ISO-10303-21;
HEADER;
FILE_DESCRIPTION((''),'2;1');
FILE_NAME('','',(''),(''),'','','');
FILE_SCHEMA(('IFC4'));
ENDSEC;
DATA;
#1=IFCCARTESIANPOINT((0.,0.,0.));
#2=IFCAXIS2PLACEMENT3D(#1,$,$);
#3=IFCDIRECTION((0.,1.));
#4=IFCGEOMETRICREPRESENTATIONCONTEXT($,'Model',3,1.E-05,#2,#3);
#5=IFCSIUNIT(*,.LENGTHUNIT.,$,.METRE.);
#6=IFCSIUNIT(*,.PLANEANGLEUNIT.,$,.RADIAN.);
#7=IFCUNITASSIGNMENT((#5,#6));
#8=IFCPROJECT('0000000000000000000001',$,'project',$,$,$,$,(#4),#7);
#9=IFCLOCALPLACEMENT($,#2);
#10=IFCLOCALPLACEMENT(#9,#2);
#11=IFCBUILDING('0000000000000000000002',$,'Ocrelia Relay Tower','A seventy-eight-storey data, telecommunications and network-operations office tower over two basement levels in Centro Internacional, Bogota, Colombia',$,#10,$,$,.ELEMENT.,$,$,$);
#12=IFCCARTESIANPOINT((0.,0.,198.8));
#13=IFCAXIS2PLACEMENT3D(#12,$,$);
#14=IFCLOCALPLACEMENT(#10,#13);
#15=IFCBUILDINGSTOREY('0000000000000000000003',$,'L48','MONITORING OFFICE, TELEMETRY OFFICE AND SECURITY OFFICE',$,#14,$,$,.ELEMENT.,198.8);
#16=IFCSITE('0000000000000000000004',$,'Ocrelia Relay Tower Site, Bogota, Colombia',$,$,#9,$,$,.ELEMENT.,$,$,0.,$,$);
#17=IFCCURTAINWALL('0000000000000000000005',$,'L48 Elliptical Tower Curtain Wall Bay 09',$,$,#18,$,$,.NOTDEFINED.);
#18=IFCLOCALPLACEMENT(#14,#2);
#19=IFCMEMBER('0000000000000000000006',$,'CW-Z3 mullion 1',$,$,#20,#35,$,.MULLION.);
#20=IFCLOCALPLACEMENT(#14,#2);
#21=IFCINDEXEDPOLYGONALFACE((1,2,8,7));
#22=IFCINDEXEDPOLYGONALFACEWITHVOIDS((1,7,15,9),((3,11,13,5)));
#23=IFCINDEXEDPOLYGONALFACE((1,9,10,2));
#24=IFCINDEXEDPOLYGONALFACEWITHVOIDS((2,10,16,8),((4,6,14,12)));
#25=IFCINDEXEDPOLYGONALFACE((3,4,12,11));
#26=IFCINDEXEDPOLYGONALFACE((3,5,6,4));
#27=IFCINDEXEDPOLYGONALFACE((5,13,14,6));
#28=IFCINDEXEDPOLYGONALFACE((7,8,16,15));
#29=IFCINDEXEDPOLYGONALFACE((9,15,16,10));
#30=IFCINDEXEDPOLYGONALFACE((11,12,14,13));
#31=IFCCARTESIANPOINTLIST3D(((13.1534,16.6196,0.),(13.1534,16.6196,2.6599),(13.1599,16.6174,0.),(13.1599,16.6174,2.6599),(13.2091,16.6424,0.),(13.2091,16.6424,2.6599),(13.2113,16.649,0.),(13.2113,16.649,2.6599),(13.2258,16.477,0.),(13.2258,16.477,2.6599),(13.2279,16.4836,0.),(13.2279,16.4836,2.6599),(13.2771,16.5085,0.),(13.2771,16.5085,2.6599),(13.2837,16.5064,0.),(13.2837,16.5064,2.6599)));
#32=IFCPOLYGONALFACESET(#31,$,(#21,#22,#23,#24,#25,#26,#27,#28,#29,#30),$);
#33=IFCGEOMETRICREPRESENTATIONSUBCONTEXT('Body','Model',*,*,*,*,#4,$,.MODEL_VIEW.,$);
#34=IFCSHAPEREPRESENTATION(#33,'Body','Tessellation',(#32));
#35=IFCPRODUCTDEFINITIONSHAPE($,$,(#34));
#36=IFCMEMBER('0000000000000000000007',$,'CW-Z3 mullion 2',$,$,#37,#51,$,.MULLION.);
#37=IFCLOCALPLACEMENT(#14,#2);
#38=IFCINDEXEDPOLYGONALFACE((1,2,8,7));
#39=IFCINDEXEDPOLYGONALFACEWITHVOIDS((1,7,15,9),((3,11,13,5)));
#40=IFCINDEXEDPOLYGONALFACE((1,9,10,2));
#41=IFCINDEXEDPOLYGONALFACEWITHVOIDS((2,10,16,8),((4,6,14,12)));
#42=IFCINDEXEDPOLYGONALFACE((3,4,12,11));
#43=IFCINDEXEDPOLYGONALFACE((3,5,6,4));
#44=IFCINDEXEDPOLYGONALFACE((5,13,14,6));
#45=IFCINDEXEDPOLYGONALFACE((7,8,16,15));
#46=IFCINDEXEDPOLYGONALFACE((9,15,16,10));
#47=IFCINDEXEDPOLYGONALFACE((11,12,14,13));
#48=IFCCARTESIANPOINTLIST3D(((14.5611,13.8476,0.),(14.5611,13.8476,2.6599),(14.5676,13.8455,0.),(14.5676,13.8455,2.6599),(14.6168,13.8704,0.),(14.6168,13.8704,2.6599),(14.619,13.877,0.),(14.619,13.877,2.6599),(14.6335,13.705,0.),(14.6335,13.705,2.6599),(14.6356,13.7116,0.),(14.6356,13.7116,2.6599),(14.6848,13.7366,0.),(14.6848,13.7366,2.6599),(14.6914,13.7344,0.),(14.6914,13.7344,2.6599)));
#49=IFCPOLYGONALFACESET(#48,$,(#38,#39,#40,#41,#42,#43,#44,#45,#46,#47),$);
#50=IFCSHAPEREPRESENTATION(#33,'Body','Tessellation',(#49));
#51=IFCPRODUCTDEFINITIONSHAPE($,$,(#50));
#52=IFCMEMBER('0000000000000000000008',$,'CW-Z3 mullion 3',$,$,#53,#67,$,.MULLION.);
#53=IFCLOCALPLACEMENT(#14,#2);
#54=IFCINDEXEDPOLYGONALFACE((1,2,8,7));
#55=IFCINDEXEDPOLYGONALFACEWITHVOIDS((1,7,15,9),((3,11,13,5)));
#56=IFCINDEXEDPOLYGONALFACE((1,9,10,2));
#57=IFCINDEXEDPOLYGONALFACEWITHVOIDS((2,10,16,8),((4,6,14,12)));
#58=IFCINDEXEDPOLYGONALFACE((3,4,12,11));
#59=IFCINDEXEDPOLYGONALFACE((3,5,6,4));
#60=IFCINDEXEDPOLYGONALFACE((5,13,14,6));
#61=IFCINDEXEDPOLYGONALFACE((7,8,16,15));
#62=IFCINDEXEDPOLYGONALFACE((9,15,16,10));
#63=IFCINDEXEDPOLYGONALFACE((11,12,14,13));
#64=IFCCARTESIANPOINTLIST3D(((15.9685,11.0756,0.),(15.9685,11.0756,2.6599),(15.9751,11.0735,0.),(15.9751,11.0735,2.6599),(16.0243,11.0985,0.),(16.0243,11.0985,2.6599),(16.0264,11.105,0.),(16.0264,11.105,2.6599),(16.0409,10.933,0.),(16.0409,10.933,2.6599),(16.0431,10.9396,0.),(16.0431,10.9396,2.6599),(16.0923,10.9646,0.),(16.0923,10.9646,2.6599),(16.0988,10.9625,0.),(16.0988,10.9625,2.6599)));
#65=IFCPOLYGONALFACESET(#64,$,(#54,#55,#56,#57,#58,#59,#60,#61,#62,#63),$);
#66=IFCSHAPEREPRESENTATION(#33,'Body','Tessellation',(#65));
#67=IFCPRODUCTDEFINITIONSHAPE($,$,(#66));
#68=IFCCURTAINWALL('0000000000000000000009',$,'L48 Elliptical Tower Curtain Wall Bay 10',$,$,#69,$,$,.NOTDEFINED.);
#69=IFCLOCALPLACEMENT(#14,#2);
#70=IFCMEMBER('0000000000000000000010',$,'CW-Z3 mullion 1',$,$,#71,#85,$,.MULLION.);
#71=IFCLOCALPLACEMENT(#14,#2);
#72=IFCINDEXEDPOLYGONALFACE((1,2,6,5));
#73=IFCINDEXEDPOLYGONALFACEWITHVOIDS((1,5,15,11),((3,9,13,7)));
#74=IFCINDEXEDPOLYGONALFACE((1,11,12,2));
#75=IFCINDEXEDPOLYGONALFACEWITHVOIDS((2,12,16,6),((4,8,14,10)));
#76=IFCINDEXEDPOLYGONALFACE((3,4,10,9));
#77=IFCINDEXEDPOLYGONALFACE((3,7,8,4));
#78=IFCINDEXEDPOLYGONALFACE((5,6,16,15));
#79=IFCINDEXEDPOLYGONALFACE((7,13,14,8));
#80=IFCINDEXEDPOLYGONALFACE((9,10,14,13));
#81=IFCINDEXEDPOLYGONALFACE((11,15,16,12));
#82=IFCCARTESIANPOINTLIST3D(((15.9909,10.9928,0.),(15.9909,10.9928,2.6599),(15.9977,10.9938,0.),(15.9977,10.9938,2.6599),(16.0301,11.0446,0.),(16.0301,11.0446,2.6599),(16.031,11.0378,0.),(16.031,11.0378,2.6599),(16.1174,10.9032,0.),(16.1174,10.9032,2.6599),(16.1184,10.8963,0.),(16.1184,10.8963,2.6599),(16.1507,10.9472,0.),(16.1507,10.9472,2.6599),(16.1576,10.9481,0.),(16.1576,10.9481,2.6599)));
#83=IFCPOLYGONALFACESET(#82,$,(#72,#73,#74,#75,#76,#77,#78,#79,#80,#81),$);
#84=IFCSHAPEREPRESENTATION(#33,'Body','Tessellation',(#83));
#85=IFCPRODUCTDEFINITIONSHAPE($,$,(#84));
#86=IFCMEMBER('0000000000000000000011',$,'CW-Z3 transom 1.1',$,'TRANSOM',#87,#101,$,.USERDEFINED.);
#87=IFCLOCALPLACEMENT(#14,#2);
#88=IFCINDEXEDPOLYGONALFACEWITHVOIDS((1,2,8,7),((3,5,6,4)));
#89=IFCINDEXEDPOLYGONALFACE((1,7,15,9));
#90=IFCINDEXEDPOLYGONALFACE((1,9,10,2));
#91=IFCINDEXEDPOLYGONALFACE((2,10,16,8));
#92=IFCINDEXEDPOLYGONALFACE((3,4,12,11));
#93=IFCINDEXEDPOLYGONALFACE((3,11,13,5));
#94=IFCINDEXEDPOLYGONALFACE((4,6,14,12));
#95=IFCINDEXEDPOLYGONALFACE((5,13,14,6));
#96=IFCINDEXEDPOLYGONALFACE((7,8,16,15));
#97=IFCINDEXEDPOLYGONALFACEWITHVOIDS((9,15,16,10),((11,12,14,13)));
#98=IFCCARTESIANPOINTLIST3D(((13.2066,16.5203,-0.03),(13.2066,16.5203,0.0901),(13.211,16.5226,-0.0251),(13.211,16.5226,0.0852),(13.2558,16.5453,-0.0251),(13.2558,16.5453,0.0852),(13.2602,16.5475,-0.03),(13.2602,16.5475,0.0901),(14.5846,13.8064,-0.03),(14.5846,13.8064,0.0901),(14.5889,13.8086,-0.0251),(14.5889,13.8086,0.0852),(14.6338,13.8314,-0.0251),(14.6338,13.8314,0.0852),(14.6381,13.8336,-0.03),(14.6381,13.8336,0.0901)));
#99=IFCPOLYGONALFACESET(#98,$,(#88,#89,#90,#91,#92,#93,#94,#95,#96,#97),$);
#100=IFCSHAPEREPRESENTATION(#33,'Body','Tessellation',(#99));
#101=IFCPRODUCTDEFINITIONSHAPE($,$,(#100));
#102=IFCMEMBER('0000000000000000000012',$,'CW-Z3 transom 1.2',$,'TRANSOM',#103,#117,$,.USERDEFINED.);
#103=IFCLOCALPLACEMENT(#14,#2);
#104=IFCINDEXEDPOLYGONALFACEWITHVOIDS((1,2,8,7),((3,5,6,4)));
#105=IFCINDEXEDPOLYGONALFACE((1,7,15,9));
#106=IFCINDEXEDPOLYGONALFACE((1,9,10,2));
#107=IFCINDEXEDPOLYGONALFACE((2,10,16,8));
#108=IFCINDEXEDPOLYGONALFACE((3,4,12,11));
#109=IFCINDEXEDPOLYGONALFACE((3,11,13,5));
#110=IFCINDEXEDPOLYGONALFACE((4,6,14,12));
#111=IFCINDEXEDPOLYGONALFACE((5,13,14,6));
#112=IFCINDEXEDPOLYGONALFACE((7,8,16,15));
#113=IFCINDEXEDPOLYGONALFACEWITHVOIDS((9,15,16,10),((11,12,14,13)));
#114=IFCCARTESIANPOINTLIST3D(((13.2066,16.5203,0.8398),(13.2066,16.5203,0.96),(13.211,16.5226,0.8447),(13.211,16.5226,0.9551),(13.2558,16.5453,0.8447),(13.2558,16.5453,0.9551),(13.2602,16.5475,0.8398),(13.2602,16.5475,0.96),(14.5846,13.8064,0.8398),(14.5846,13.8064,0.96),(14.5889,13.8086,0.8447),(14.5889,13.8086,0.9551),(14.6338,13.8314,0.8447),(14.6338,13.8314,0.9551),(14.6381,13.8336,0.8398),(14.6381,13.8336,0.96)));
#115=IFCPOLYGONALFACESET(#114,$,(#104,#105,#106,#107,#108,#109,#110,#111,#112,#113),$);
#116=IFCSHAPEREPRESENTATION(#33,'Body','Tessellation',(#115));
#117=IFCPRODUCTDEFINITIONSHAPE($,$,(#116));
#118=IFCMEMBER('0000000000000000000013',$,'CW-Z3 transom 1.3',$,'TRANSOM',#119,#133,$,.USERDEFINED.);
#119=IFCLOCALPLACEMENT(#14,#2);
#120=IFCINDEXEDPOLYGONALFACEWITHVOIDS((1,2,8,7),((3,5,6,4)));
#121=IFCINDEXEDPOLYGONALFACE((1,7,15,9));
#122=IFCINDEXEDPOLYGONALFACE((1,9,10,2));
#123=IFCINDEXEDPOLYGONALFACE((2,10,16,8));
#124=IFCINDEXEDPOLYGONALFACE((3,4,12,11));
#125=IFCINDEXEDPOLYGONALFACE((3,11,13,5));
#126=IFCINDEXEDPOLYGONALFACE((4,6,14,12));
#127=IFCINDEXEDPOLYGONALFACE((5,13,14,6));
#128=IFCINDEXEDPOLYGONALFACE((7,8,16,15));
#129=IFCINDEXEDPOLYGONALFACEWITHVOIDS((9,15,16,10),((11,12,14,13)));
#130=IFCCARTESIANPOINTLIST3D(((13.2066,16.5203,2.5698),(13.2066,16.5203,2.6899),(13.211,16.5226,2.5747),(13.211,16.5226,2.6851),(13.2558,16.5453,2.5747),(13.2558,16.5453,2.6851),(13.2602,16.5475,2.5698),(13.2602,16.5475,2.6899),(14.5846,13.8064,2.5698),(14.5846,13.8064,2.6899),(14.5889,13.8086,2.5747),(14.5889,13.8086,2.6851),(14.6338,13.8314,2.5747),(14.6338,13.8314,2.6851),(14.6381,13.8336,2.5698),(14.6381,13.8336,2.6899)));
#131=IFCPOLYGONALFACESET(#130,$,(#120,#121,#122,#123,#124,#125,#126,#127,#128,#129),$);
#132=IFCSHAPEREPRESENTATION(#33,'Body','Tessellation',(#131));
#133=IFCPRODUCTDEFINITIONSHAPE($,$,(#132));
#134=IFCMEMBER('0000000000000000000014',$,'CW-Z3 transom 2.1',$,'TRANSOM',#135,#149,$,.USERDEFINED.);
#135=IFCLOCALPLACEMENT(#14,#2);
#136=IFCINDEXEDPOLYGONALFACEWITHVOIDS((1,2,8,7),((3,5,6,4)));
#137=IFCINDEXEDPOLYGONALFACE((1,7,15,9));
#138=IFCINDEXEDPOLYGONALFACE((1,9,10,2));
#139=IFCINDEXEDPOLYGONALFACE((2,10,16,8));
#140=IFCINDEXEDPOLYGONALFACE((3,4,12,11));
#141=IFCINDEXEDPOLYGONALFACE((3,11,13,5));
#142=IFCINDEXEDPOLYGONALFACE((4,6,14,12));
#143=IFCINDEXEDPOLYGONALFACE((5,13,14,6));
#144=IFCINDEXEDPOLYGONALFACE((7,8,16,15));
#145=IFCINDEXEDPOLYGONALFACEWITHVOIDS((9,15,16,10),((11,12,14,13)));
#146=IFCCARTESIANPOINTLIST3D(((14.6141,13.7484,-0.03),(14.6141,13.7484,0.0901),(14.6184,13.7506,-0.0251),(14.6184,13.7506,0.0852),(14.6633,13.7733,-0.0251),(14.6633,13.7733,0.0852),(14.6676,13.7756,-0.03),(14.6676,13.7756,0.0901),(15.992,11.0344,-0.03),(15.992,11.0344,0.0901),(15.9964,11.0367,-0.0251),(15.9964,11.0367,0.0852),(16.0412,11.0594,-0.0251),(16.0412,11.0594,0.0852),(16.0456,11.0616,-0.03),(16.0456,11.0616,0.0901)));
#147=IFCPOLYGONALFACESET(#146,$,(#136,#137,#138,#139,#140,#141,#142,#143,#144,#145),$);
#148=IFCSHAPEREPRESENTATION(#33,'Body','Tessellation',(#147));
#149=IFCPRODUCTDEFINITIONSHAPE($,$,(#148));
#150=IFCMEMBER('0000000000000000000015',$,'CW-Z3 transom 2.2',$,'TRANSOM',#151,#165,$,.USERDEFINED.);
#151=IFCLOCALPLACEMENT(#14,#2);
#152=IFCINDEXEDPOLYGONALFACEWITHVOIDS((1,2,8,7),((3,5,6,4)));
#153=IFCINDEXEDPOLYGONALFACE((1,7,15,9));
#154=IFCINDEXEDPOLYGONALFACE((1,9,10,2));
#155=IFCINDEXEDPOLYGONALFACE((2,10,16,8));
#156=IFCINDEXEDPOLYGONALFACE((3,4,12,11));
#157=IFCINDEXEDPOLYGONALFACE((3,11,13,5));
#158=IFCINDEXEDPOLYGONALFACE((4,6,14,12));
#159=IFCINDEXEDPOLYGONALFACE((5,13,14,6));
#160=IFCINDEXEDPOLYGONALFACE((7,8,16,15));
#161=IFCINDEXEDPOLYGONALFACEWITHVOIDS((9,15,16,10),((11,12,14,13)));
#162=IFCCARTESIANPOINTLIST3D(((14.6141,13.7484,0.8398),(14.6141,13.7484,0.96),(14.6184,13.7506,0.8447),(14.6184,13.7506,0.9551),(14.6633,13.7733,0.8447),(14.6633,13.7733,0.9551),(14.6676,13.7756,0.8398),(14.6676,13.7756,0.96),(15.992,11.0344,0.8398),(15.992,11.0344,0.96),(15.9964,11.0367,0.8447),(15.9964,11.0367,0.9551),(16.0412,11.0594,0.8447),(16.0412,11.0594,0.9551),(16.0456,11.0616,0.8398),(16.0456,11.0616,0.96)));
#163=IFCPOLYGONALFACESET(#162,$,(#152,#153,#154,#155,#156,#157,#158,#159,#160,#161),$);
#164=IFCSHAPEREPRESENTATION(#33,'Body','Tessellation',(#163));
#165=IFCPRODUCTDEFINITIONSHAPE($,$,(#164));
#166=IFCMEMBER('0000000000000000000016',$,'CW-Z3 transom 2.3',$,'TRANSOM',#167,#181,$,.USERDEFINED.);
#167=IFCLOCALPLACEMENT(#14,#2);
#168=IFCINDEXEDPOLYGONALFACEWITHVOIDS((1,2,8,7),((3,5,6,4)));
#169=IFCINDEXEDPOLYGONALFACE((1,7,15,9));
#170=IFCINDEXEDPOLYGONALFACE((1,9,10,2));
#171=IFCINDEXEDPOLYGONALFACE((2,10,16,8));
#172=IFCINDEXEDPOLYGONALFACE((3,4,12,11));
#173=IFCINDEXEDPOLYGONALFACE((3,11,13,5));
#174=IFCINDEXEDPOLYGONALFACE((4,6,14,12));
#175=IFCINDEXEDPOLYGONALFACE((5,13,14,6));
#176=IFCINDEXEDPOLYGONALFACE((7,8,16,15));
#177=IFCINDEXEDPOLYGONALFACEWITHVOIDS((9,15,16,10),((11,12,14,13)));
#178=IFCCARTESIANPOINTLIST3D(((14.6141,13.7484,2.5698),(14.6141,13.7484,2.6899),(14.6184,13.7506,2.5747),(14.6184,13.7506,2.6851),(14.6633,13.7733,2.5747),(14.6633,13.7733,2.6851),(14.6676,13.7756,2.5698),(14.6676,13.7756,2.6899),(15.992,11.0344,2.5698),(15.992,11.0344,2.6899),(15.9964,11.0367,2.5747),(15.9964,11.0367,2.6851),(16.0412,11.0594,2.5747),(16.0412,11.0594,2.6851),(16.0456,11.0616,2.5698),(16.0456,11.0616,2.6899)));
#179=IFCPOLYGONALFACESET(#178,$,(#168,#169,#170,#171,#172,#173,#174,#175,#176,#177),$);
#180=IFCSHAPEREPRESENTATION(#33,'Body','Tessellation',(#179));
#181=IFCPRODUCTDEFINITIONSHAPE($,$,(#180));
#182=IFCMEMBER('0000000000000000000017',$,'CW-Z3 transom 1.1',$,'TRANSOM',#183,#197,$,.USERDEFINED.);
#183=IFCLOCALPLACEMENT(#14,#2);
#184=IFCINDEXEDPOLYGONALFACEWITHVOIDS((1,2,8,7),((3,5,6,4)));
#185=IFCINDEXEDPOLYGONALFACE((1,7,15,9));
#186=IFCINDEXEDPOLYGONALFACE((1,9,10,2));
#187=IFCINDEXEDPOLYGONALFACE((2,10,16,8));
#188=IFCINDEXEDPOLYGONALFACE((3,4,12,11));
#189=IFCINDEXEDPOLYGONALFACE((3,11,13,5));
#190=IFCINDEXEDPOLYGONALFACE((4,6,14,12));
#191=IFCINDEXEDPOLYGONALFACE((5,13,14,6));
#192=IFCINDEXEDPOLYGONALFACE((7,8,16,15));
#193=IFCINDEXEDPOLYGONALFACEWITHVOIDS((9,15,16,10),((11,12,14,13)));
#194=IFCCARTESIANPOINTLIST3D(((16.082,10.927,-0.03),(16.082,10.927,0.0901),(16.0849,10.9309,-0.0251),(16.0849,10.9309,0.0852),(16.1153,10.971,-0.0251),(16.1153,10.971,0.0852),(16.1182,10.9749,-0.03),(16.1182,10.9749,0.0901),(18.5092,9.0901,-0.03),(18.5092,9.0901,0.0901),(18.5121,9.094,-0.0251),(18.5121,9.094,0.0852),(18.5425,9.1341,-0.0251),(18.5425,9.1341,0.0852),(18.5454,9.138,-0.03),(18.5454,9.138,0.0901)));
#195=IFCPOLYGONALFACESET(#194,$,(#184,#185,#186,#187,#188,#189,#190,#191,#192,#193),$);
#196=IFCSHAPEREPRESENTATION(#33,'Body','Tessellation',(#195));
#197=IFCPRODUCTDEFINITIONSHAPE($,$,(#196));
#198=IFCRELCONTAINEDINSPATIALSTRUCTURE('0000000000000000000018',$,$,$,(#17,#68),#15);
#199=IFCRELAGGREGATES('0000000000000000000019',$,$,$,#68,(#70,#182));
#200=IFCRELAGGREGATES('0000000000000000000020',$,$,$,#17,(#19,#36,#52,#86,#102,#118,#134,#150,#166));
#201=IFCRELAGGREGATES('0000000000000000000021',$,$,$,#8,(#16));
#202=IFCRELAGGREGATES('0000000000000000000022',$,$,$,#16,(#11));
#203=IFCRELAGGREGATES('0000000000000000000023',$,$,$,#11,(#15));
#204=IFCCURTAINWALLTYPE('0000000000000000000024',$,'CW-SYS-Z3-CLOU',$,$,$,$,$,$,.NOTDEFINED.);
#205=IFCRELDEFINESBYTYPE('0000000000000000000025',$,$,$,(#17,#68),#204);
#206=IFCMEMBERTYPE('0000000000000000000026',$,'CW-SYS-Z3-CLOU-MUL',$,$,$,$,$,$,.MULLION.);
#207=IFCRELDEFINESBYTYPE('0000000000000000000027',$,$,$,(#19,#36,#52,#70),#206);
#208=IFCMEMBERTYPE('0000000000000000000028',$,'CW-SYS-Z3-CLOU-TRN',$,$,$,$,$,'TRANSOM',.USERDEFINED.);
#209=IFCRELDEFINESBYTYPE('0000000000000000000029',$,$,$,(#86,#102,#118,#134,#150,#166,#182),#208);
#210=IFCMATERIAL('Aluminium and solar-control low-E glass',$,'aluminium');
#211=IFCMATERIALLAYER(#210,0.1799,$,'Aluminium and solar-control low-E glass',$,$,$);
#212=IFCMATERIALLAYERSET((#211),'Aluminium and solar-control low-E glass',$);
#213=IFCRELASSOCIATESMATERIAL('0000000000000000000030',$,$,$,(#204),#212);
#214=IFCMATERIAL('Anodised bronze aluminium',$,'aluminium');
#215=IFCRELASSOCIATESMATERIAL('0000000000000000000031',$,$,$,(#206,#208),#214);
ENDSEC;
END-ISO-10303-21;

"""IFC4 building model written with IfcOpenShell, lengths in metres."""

from ifc_helpers import new_model, si_unit, direction, frame, origin, origin_2d, place, context, subcontext, project, spatial, hollow_rectangle, extrude, material, layer, layer_set, material_profile, profile_set, type_object, element, aggregate, save


model = new_model("IFC4")

# Units and contexts
model_context = context("Model", 3, precision=1e-05, world=origin(), true_north=direction((0.0, 1.0)))
body_context = subcontext(model_context, "Body", "Model", "MODEL_VIEW")
ifc_project = project(units=[si_unit("LENGTHUNIT", "METRE"), si_unit("PLANEANGLEUNIT", "RADIAN")], contexts=[model_context])

# Site, building, storey
site_placement = place(None, origin())
site = spatial("IfcSite", under=ifc_project, at=site_placement, Name="Ocrelia Relay Tower Site, Bogota, Colombia", CompositionType="ELEMENT", RefElevation=0.0)
building_placement = place(site_placement, origin())
building = spatial("IfcBuilding", under=site, at=building_placement, Name="Ocrelia Relay Tower", Description="A seventy-eight-storey data, telecommunications and network-operations office tower over two basement levels in Centro Internacional, Bogota, Colombia", CompositionType="ELEMENT")
storey_placement = place(building_placement, frame((0.0, 0.0, 198.8)))
storey = spatial("IfcBuildingStorey", under=building, at=storey_placement, Name="L48", Description="MONITORING OFFICE, TELEMETRY OFFICE AND SECURITY OFFICE", CompositionType="ELEMENT", Elevation=198.8)

# Curtain wall, members
ifc_material_1 = material(Name="Aluminium and solar-control low-E glass", Category="aluminium")
ifc_layer_1 = layer(ifc_material_1, 0.1799, Name="Aluminium and solar-control low-E glass")
ifc_layer_set_1 = layer_set([ifc_layer_1], Name="Aluminium and solar-control low-E glass")
curtain_wall_type = type_object("IfcCurtainWallType", Name="CW-SYS-Z3-CLOU", PredefinedType="NOTDEFINED", material=ifc_layer_set_1)
curtain_wall_1_placement = place(storey_placement, origin())
curtain_wall_1 = element("IfcCurtainWall", 1, at=curtain_wall_1_placement, inside=storey, type_object=curtain_wall_type, Name="L48 Elliptical Tower Curtain Wall Bay 09", PredefinedType="NOTDEFINED")
ifc_material_2 = material(Name="Anodised bronze aluminium", Category="aluminium")
ifc_material_profile_1 = material_profile(ifc_material_2, hollow_rectangle(XDim=0.0649, YDim=0.1599, WallThickness=0.0049, at=origin_2d()), Name="CW-MUL-160x65")
ifc_profile_set_1 = profile_set([ifc_material_profile_1], Name="Anodised bronze aluminium")
member_type_1 = type_object("IfcMemberType", Name="CW-SYS-Z3-CLOU-MUL", PredefinedType="MULLION", material=ifc_profile_set_1)
member_1_placement = place(storey_placement, frame((13.2185, 16.563, 0.0), z_axis=(0.0, 0.0, 1.0), x_axis=(0.891644, 0.452738, 0.0)))
member_1 = element("IfcMember", 2, at=member_1_placement, type_object=member_type_1, Name="CW-Z3 mullion 1", PredefinedType="MULLION", context=body_context, shape_type="SweptSolid", body=[
    extrude(hollow_rectangle(XDim=0.0649, YDim=0.1599, WallThickness=0.0049, at=origin_2d()), origin(), (0.0, 0.0, 1.0), 2.6599),
])
member_2_placement = place(storey_placement, frame((14.6262, 13.791, 0.0), z_axis=(0.0, 0.0, 1.0), x_axis=(0.891644, 0.452738, 0.0)))
member_2 = element("IfcMember", 3, at=member_2_placement, type_object=member_type_1, Name="CW-Z3 mullion 2", PredefinedType="MULLION", context=body_context, shape_type="SweptSolid", body=[
    extrude(hollow_rectangle(XDim=0.0649, YDim=0.1599, WallThickness=0.0049, at=origin_2d()), origin(), (0.0, 0.0, 1.0), 2.6599),
])
member_3_placement = place(storey_placement, frame((16.0337, 11.019, 0.0), z_axis=(0.0, 0.0, 1.0), x_axis=(0.891644, 0.452738, 0.0)))
member_3 = element("IfcMember", 4, at=member_3_placement, type_object=member_type_1, Name="CW-Z3 mullion 3", PredefinedType="MULLION", context=body_context, shape_type="SweptSolid", body=[
    extrude(hollow_rectangle(XDim=0.0649, YDim=0.1599, WallThickness=0.0049, at=origin_2d()), origin(), (0.0, 0.0, 1.0), 2.6599),
])

# Curtain wall, member
curtain_wall_2_placement = place(storey_placement, origin())
curtain_wall_2 = element("IfcCurtainWall", 5, at=curtain_wall_2_placement, inside=storey, type_object=curtain_wall_type, Name="L48 Elliptical Tower Curtain Wall Bay 10", PredefinedType="NOTDEFINED")
member_4_placement = place(storey_placement, frame((16.0742, 10.9705, 0.0), z_axis=(0.0, 0.0, 1.0), x_axis=(0.603481, 0.797378, 0.0)))
member_4 = element("IfcMember", 6, at=member_4_placement, type_object=member_type_1, Name="CW-Z3 mullion 1", PredefinedType="MULLION", context=body_context, shape_type="SweptSolid", body=[
    extrude(hollow_rectangle(XDim=0.0649, YDim=0.1599, WallThickness=0.0049, at=origin_2d()), origin(), (0.0, 0.0, 1.0), 2.6599),
])

# Members
ifc_material_profile_2 = material_profile(ifc_material_2, hollow_rectangle(XDim=0.0601, YDim=0.1201, WallThickness=0.0049, at=origin_2d()), Name="CW-TRN-120x60")
ifc_profile_set_2 = profile_set([ifc_material_profile_2], Name="Anodised bronze aluminium")
member_type_2 = type_object("IfcMemberType", Name="CW-SYS-Z3-CLOU-TRN", ElementType="TRANSOM", PredefinedType="USERDEFINED", material=ifc_profile_set_2)
member_5_placement = place(storey_placement, frame((13.2334, 16.5339, 0.03), z_axis=(0.452724, -0.891651, 0.0), x_axis=(0.891651, 0.452724, 0.0)))
member_5 = element("IfcMember", 7, at=member_5_placement, type_object=member_type_2, Name="CW-Z3 transom 1.1", ObjectType="TRANSOM", PredefinedType="USERDEFINED", context=body_context, shape_type="SweptSolid", body=[
    extrude(hollow_rectangle(XDim=0.0601, YDim=0.1201, WallThickness=0.0049, at=origin_2d()), origin(), (0.0, 0.0, 1.0), 3.0437),
])
member_6_placement = place(storey_placement, frame((13.2334, 16.5339, 0.8999), z_axis=(0.452724, -0.891651, 0.0), x_axis=(0.891651, 0.452724, 0.0)))
member_6 = element("IfcMember", 8, at=member_6_placement, type_object=member_type_2, Name="CW-Z3 transom 1.2", ObjectType="TRANSOM", PredefinedType="USERDEFINED", context=body_context, shape_type="SweptSolid", body=[
    extrude(hollow_rectangle(XDim=0.0601, YDim=0.1201, WallThickness=0.0049, at=origin_2d()), origin(), (0.0, 0.0, 1.0), 3.0437),
])
member_7_placement = place(storey_placement, frame((13.2334, 16.5339, 2.6299), z_axis=(0.452724, -0.891651, 0.0), x_axis=(0.891651, 0.452724, 0.0)))
member_7 = element("IfcMember", 9, at=member_7_placement, type_object=member_type_2, Name="CW-Z3 transom 1.3", ObjectType="TRANSOM", PredefinedType="USERDEFINED", context=body_context, shape_type="SweptSolid", body=[
    extrude(hollow_rectangle(XDim=0.0601, YDim=0.1201, WallThickness=0.0049, at=origin_2d()), origin(), (0.0, 0.0, 1.0), 3.0437),
])
member_8_placement = place(storey_placement, frame((14.6409, 13.762, 0.03), z_axis=(0.452724, -0.891651, 0.0), x_axis=(0.891651, 0.452724, 0.0)))
member_8 = element("IfcMember", 10, at=member_8_placement, type_object=member_type_2, Name="CW-Z3 transom 2.1", ObjectType="TRANSOM", PredefinedType="USERDEFINED", context=body_context, shape_type="SweptSolid", body=[
    extrude(hollow_rectangle(XDim=0.0601, YDim=0.1201, WallThickness=0.0049, at=origin_2d()), origin(), (0.0, 0.0, 1.0), 3.0437),
])
member_9_placement = place(storey_placement, frame((14.6409, 13.762, 0.8999), z_axis=(0.452724, -0.891651, 0.0), x_axis=(0.891651, 0.452724, 0.0)))
member_9 = element("IfcMember", 11, at=member_9_placement, type_object=member_type_2, Name="CW-Z3 transom 2.2", ObjectType="TRANSOM", PredefinedType="USERDEFINED", context=body_context, shape_type="SweptSolid", body=[
    extrude(hollow_rectangle(XDim=0.0601, YDim=0.1201, WallThickness=0.0049, at=origin_2d()), origin(), (0.0, 0.0, 1.0), 3.0437),
])
member_10_placement = place(storey_placement, frame((14.6409, 13.762, 2.6299), z_axis=(0.452724, -0.891651, 0.0), x_axis=(0.891651, 0.452724, 0.0)))
member_10 = element("IfcMember", 12, at=member_10_placement, type_object=member_type_2, Name="CW-Z3 transom 2.3", ObjectType="TRANSOM", PredefinedType="USERDEFINED", context=body_context, shape_type="SweptSolid", body=[
    extrude(hollow_rectangle(XDim=0.0601, YDim=0.1201, WallThickness=0.0049, at=origin_2d()), origin(), (0.0, 0.0, 1.0), 3.0437),
])
member_11_placement = place(storey_placement, frame((16.1001, 10.9509, 0.03), z_axis=(0.797394, -0.603459, 0.0), x_axis=(0.603459, 0.797394, 0.0)))
member_11 = element("IfcMember", 13, at=member_11_placement, type_object=member_type_2, Name="CW-Z3 transom 1.1", ObjectType="TRANSOM", PredefinedType="USERDEFINED", context=body_context, shape_type="SweptSolid", body=[
    extrude(hollow_rectangle(XDim=0.0601, YDim=0.1201, WallThickness=0.0049, at=origin_2d()), origin(), (0.0, 0.0, 1.0), 3.0439),
])
aggregate(curtain_wall_2, [member_4, member_11])

aggregate(curtain_wall_1, [member_1, member_2, member_3, member_5, member_6, member_7, member_8, member_9, member_10])

save(model, "model.ifc")
